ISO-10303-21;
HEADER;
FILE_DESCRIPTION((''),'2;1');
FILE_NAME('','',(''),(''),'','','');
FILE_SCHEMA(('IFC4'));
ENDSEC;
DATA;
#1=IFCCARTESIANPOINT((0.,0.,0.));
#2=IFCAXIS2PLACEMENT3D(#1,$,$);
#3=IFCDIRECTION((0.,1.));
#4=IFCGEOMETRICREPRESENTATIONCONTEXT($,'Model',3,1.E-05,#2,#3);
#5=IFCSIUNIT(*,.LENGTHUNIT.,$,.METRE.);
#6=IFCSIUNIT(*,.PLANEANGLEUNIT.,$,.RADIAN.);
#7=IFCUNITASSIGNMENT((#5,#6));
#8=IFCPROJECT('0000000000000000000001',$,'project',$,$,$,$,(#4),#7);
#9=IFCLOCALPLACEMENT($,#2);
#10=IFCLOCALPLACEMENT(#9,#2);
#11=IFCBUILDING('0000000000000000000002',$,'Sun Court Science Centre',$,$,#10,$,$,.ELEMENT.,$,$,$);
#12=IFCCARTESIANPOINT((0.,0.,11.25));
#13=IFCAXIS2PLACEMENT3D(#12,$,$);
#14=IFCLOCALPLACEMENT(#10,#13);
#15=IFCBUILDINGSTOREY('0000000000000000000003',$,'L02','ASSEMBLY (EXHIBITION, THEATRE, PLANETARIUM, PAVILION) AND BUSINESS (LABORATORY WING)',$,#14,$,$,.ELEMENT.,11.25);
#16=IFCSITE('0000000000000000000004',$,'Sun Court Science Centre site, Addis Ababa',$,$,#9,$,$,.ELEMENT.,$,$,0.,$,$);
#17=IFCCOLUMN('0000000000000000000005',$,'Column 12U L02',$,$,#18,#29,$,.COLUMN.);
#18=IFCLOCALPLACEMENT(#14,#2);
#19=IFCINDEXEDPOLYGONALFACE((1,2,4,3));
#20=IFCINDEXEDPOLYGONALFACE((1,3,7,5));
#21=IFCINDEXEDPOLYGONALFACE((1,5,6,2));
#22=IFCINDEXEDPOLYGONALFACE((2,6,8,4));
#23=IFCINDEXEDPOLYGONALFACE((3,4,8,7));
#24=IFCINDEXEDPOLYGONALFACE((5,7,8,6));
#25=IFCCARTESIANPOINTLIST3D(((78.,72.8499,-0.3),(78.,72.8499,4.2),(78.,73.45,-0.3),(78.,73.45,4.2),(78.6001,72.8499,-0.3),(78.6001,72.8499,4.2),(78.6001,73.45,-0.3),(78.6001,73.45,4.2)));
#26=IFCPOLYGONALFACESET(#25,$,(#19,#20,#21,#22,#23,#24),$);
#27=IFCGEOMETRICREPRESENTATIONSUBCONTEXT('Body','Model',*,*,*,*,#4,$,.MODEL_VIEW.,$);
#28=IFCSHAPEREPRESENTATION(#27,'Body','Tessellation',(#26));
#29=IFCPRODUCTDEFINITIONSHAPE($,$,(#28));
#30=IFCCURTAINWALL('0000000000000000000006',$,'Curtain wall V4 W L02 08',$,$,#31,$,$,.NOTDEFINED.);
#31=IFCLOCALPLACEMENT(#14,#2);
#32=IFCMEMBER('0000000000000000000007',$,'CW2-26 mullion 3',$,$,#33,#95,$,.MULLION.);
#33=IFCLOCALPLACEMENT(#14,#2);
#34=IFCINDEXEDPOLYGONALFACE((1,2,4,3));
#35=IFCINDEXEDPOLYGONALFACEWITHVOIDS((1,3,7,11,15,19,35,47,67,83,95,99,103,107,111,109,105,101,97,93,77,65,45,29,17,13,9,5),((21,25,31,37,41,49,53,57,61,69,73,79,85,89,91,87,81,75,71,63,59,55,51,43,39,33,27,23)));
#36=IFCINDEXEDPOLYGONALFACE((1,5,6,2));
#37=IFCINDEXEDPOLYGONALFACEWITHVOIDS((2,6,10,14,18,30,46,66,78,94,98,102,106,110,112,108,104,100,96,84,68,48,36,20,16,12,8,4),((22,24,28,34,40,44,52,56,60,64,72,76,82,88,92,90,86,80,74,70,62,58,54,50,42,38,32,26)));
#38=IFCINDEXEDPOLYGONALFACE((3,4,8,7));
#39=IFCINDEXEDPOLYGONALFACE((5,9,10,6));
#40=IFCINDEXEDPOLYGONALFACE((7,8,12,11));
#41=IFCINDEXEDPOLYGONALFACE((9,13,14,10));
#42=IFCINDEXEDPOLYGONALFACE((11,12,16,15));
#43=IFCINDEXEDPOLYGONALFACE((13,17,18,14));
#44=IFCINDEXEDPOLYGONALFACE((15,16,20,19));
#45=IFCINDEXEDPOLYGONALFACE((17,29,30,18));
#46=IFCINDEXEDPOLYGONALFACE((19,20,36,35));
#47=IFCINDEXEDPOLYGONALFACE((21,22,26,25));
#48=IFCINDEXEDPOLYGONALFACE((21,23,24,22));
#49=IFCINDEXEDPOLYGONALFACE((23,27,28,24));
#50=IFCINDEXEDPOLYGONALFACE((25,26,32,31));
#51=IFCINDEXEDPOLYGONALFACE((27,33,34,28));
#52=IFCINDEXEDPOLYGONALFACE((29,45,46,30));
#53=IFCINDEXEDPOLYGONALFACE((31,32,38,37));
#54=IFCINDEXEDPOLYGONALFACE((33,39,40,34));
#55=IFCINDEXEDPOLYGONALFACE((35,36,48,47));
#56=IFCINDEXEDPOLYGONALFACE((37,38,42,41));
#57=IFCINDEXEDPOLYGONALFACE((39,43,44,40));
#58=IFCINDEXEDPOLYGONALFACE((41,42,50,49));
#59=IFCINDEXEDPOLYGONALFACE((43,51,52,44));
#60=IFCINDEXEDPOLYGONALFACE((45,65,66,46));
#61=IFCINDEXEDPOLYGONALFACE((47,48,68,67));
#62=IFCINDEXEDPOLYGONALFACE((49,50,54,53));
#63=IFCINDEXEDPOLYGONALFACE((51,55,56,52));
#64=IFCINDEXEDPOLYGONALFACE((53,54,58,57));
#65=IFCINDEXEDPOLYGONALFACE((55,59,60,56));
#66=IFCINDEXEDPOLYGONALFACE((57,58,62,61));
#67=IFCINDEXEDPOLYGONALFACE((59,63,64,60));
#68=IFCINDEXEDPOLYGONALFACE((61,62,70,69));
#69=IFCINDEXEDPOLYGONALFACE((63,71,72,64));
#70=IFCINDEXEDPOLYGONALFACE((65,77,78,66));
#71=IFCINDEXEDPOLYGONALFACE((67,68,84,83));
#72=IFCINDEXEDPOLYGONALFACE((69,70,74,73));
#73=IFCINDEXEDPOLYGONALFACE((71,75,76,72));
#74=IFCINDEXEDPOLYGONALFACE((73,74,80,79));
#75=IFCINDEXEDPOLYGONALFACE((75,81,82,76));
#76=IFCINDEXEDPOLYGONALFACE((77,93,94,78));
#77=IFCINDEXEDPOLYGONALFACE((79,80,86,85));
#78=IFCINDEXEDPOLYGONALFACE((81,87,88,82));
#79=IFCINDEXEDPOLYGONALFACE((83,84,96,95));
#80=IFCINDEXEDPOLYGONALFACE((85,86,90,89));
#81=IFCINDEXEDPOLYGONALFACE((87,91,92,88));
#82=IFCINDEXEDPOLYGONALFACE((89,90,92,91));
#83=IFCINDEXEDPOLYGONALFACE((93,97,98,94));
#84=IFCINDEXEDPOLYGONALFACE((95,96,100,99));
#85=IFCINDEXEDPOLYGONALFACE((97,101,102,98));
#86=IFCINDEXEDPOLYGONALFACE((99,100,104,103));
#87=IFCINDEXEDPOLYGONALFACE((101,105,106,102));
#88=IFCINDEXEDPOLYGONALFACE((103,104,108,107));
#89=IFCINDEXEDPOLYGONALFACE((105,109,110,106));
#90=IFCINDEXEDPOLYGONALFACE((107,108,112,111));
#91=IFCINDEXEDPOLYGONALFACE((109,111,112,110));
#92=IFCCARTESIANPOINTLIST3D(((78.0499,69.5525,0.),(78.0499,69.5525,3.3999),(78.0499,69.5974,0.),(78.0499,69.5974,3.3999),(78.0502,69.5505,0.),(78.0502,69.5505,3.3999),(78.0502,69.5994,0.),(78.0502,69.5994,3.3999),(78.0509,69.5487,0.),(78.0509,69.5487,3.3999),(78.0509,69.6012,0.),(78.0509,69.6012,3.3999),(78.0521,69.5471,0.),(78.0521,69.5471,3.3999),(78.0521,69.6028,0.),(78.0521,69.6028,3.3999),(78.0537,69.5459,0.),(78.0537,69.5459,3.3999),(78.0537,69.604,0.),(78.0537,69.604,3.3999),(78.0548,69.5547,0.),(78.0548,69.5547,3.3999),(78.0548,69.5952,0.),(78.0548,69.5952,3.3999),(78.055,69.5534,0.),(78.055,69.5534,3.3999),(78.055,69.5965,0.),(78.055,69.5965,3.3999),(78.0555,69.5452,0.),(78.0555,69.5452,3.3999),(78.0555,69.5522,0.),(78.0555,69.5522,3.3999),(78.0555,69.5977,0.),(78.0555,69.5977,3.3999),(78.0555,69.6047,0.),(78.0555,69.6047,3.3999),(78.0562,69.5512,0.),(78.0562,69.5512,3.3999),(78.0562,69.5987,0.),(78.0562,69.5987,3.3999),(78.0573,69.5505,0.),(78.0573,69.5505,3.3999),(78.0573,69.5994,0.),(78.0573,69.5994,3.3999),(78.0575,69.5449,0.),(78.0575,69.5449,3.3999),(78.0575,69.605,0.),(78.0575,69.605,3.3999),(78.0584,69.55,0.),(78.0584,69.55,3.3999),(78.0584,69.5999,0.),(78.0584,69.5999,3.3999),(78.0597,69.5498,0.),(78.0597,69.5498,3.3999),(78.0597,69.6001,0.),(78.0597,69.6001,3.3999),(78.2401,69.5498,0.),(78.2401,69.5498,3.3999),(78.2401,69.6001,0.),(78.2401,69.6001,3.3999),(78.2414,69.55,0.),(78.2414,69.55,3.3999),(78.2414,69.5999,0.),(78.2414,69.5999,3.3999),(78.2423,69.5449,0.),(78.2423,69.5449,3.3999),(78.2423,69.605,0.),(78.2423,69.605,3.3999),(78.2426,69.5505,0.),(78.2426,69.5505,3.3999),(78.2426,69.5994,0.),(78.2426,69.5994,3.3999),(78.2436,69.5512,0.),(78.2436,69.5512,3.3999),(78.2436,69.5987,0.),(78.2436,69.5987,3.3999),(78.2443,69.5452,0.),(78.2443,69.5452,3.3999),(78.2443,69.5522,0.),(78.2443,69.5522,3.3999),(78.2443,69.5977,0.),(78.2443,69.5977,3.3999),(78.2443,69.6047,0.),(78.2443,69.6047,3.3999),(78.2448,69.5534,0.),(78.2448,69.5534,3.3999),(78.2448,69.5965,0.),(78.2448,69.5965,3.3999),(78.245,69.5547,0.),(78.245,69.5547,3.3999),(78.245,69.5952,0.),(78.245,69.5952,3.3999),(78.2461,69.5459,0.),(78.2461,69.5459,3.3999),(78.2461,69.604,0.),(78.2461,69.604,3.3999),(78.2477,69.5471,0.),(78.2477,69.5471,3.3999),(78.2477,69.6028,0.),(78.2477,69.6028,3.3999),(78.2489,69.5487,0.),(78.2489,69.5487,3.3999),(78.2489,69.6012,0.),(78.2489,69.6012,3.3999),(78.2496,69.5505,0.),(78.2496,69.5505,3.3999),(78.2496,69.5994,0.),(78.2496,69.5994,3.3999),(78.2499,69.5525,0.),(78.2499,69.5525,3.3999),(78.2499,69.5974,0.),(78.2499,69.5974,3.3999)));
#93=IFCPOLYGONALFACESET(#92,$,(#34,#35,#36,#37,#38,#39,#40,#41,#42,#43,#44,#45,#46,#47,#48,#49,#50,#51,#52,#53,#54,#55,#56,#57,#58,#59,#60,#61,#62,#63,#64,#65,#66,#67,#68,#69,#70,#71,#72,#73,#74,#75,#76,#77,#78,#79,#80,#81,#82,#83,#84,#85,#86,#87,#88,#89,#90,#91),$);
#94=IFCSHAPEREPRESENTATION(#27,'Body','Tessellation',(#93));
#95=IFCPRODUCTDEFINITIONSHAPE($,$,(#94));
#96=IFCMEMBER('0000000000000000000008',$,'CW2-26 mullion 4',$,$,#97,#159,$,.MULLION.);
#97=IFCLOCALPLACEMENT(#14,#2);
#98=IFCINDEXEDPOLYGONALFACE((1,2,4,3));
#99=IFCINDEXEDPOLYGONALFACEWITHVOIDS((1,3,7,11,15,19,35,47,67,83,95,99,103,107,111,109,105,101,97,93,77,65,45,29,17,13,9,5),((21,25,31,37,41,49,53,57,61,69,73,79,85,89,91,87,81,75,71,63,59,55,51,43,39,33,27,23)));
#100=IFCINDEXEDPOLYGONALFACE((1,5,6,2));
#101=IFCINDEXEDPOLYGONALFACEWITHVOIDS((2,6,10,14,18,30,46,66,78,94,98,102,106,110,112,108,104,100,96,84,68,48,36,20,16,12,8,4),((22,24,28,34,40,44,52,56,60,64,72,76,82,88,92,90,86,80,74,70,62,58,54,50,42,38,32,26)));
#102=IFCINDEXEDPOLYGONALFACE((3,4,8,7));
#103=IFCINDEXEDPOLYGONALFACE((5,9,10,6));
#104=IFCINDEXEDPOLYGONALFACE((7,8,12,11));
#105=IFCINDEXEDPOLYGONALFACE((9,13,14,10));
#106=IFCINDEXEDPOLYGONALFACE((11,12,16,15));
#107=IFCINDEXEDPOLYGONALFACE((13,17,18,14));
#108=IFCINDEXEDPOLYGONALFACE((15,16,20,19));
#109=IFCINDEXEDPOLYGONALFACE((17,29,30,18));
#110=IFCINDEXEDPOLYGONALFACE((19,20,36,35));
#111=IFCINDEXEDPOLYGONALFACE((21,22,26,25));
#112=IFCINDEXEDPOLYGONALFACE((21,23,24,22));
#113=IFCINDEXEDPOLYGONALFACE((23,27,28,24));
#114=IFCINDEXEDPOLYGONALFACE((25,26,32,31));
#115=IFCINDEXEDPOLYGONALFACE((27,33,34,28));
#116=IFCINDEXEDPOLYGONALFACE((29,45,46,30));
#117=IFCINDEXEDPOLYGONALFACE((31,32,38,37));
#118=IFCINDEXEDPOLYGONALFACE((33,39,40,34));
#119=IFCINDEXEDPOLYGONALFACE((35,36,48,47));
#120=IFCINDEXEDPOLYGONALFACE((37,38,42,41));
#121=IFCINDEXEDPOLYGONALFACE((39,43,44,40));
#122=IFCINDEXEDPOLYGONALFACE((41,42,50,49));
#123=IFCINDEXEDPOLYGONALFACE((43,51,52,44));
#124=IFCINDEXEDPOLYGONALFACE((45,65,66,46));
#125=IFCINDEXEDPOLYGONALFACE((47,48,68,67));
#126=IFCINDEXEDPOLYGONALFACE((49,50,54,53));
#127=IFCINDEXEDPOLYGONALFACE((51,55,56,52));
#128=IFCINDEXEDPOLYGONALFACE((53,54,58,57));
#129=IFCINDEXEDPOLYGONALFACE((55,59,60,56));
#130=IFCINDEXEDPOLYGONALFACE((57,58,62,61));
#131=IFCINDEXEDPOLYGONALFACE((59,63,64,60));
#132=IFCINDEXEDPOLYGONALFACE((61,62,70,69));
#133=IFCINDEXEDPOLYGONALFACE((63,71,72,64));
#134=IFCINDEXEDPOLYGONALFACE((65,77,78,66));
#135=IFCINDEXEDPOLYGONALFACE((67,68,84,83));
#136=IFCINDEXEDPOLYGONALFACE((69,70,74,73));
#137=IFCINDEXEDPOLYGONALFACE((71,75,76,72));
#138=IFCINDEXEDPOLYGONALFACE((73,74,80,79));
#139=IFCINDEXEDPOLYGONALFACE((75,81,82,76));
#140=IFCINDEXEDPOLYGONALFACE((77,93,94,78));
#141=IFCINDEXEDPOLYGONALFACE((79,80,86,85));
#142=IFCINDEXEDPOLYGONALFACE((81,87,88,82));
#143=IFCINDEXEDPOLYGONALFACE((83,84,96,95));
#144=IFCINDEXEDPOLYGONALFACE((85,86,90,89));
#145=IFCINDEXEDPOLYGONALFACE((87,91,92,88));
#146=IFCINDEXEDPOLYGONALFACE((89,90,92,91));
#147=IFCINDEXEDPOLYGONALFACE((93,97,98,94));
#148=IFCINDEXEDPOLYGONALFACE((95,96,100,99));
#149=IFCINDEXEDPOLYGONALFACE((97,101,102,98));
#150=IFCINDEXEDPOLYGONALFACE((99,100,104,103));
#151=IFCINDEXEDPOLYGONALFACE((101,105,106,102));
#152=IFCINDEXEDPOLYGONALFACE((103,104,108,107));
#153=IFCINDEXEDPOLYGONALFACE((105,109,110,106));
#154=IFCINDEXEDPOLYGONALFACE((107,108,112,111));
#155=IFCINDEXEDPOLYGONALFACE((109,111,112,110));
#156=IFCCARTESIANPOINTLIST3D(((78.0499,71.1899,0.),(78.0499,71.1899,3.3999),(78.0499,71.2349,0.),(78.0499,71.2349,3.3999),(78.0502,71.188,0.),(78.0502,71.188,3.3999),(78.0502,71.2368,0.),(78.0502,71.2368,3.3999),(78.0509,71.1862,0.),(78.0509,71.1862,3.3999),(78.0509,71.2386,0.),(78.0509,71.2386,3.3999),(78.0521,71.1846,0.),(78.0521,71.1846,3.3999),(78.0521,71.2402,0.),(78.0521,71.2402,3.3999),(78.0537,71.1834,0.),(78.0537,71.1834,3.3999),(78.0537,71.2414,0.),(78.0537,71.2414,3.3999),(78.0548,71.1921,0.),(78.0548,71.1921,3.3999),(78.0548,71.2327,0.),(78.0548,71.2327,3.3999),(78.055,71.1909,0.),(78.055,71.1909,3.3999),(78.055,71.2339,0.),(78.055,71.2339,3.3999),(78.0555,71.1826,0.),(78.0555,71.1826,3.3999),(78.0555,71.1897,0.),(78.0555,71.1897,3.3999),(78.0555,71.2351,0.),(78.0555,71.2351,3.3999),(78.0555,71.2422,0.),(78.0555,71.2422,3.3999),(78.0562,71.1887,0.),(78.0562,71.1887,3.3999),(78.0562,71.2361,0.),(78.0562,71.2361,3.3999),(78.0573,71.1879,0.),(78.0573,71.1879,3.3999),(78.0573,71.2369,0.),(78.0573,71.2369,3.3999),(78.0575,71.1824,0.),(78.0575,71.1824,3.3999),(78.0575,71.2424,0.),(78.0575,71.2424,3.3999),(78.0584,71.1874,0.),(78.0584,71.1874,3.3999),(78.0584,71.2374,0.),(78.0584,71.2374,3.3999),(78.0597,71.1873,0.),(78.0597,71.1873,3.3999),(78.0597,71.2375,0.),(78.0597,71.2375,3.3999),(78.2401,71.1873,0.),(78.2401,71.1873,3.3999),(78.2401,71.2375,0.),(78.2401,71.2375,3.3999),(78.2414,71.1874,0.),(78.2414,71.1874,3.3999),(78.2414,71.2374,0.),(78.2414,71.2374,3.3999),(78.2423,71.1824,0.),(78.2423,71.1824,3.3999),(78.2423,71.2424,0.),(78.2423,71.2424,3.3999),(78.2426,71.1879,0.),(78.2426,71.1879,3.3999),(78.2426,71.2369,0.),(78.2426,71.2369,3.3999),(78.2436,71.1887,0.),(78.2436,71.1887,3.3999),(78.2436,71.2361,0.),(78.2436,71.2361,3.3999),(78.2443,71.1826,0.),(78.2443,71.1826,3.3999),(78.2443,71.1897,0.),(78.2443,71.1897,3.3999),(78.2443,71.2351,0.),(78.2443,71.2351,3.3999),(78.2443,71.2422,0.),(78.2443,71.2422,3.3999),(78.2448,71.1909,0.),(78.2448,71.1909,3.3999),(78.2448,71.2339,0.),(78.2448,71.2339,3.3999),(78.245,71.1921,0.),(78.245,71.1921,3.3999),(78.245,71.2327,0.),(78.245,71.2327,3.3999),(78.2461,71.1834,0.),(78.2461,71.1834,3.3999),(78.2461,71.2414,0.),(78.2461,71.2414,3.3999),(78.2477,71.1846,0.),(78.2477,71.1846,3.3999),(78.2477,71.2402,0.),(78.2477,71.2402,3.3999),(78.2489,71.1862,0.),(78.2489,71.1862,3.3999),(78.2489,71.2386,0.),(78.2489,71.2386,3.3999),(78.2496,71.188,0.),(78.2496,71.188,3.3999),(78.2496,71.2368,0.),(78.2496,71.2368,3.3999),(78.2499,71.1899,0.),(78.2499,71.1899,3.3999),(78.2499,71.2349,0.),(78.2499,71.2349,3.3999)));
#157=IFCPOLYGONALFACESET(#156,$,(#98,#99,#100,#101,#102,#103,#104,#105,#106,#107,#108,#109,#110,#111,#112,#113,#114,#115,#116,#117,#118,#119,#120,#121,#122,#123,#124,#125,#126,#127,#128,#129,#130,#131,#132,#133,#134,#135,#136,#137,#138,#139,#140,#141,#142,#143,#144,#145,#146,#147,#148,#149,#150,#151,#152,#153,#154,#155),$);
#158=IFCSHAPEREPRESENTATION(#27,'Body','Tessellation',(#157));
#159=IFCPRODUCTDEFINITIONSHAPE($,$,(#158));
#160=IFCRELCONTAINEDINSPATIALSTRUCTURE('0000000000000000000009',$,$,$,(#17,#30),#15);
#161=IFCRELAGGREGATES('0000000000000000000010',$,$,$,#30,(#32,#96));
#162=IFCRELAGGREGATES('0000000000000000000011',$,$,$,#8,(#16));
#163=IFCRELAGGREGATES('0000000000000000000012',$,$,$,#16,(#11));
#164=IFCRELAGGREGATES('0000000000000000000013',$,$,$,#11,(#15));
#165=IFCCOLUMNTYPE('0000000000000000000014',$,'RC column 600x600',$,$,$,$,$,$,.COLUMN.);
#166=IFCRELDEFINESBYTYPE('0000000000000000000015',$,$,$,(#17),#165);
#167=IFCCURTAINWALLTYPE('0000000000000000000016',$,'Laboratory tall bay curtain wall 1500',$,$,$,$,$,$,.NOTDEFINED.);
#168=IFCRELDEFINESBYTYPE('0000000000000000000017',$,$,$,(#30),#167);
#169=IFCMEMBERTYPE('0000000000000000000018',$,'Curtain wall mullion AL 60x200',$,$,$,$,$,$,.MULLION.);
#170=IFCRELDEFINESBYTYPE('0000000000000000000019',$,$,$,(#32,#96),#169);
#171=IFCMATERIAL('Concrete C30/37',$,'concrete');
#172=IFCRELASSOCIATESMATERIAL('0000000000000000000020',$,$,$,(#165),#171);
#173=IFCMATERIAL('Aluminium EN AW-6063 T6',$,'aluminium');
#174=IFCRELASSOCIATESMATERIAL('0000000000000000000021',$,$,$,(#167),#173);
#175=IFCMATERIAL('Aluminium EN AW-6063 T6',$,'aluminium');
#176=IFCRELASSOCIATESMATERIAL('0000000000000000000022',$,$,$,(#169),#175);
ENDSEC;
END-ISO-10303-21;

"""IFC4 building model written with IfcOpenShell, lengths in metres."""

from ifc_helpers import new_model, si_unit, direction, frame, origin, origin_2d, place, context, subcontext, project, spatial, rectangle, hollow_rectangle, extrude, material, material_profile, profile_set, type_object, element, aggregate, save


model = new_model("IFC4")

# Units and contexts
model_context = context("Model", 3, precision=1e-05, world=origin(), true_north=direction((0.0, 1.0)))
body_context = subcontext(model_context, "Body", "Model", "MODEL_VIEW")
ifc_project = project(units=[si_unit("LENGTHUNIT", "METRE"), si_unit("PLANEANGLEUNIT", "RADIAN")], contexts=[model_context])

# Site, building, storey
site_placement = place(None, origin())
site = spatial("IfcSite", under=ifc_project, at=site_placement, Name="Sun Court Science Centre site, Addis Ababa", CompositionType="ELEMENT", RefElevation=0.0)
building_placement = place(site_placement, origin())
building = spatial("IfcBuilding", under=site, at=building_placement, Name="Sun Court Science Centre", CompositionType="ELEMENT")
storey_placement = place(building_placement, frame((0.0, 0.0, 11.25)))
storey = spatial("IfcBuildingStorey", under=building, at=storey_placement, Name="L02", Description="ASSEMBLY (EXHIBITION, THEATRE, PLANETARIUM, PAVILION) AND BUSINESS (LABORATORY WING)", CompositionType="ELEMENT", Elevation=11.25)

# Column
ifc_material_1 = material(Name="Concrete C30/37", Category="concrete")
ifc_material_profile_1 = material_profile(ifc_material_1, rectangle(XDim=0.6001, YDim=0.6001, at=origin_2d()), Name="RC 600x600")
ifc_profile_set_1 = profile_set([ifc_material_profile_1], Name="Concrete C30/37")
column_type = type_object("IfcColumnType", Name="RC column 600x600", PredefinedType="COLUMN", material=ifc_profile_set_1)
column_placement = place(storey_placement, frame((78.3, 73.1499, -0.3), z_axis=(0.0, 0.0, 1.0), x_axis=(1.0, 0.0, 0.0)))
element("IfcColumn", 1, at=column_placement, inside=storey, type_object=column_type, Name="Column 12U L02", PredefinedType="COLUMN", context=body_context, shape_type="SweptSolid", body=[
    extrude(rectangle(XDim=0.6001, YDim=0.6001, at=origin_2d()), origin(), (0.0, 0.0, 1.0), 4.5),
])

# Curtain wall, members
ifc_material_2 = material(Name="Aluminium EN AW-6063 T6", Category="aluminium")
curtain_wall_type = type_object("IfcCurtainWallType", Name="Laboratory tall bay curtain wall 1500", PredefinedType="NOTDEFINED", material=ifc_material_2)
curtain_wall_1_placement = place(storey_placement, origin())
curtain_wall_1 = element("IfcCurtainWall", 2, at=curtain_wall_1_placement, inside=storey, type_object=curtain_wall_type, Name="Curtain wall V4 W L02 08", PredefinedType="NOTDEFINED")
ifc_material_3 = material(Name="Aluminium EN AW-6063 T6", Category="aluminium")
ifc_material_profile_2 = material_profile(ifc_material_3, hollow_rectangle(XDim=0.0601, YDim=0.2, WallThickness=0.0049, InnerFilletRadius=0.0049, OuterFilletRadius=0.0076, at=origin_2d()), Name="AL 60x200x5")
ifc_profile_set_2 = profile_set([ifc_material_profile_2], Name="Aluminium EN AW-6063 T6")
member_type_1 = type_object("IfcMemberType", Name="Curtain wall mullion AL 60x200", PredefinedType="MULLION", material=ifc_profile_set_2)
member_1_placement = place(storey_placement, frame((78.1499, 69.575, 0.0), z_axis=(0.0, 0.0, 1.0), x_axis=(0.0, 1.0, 0.0)))
member_1 = element("IfcMember", 3, at=member_1_placement, type_object=member_type_1, Name="CW2-26 mullion 3", PredefinedType="MULLION", context=body_context, shape_type="SweptSolid", body=[
    extrude(hollow_rectangle(XDim=0.0601, YDim=0.2, WallThickness=0.0049, InnerFilletRadius=0.0049, OuterFilletRadius=0.0076, at=origin_2d()), origin(), (0.0, 0.0, 1.0), 3.3999),
])
member_2_placement = place(storey_placement, frame((78.1499, 71.2124, 0.0), z_axis=(0.0, 0.0, 1.0), x_axis=(0.0, 1.0, 0.0)))
member_2 = element("IfcMember", 4, at=member_2_placement, type_object=member_type_1, Name="CW2-26 mullion 4", PredefinedType="MULLION", context=body_context, shape_type="SweptSolid", body=[
    extrude(hollow_rectangle(XDim=0.0601, YDim=0.2, WallThickness=0.0049, InnerFilletRadius=0.0049, OuterFilletRadius=0.0076, at=origin_2d()), origin(), (0.0, 0.0, 1.0), 3.3999),
])

aggregate(curtain_wall_1, [member_1, member_2])

save(model, "model.ifc")
